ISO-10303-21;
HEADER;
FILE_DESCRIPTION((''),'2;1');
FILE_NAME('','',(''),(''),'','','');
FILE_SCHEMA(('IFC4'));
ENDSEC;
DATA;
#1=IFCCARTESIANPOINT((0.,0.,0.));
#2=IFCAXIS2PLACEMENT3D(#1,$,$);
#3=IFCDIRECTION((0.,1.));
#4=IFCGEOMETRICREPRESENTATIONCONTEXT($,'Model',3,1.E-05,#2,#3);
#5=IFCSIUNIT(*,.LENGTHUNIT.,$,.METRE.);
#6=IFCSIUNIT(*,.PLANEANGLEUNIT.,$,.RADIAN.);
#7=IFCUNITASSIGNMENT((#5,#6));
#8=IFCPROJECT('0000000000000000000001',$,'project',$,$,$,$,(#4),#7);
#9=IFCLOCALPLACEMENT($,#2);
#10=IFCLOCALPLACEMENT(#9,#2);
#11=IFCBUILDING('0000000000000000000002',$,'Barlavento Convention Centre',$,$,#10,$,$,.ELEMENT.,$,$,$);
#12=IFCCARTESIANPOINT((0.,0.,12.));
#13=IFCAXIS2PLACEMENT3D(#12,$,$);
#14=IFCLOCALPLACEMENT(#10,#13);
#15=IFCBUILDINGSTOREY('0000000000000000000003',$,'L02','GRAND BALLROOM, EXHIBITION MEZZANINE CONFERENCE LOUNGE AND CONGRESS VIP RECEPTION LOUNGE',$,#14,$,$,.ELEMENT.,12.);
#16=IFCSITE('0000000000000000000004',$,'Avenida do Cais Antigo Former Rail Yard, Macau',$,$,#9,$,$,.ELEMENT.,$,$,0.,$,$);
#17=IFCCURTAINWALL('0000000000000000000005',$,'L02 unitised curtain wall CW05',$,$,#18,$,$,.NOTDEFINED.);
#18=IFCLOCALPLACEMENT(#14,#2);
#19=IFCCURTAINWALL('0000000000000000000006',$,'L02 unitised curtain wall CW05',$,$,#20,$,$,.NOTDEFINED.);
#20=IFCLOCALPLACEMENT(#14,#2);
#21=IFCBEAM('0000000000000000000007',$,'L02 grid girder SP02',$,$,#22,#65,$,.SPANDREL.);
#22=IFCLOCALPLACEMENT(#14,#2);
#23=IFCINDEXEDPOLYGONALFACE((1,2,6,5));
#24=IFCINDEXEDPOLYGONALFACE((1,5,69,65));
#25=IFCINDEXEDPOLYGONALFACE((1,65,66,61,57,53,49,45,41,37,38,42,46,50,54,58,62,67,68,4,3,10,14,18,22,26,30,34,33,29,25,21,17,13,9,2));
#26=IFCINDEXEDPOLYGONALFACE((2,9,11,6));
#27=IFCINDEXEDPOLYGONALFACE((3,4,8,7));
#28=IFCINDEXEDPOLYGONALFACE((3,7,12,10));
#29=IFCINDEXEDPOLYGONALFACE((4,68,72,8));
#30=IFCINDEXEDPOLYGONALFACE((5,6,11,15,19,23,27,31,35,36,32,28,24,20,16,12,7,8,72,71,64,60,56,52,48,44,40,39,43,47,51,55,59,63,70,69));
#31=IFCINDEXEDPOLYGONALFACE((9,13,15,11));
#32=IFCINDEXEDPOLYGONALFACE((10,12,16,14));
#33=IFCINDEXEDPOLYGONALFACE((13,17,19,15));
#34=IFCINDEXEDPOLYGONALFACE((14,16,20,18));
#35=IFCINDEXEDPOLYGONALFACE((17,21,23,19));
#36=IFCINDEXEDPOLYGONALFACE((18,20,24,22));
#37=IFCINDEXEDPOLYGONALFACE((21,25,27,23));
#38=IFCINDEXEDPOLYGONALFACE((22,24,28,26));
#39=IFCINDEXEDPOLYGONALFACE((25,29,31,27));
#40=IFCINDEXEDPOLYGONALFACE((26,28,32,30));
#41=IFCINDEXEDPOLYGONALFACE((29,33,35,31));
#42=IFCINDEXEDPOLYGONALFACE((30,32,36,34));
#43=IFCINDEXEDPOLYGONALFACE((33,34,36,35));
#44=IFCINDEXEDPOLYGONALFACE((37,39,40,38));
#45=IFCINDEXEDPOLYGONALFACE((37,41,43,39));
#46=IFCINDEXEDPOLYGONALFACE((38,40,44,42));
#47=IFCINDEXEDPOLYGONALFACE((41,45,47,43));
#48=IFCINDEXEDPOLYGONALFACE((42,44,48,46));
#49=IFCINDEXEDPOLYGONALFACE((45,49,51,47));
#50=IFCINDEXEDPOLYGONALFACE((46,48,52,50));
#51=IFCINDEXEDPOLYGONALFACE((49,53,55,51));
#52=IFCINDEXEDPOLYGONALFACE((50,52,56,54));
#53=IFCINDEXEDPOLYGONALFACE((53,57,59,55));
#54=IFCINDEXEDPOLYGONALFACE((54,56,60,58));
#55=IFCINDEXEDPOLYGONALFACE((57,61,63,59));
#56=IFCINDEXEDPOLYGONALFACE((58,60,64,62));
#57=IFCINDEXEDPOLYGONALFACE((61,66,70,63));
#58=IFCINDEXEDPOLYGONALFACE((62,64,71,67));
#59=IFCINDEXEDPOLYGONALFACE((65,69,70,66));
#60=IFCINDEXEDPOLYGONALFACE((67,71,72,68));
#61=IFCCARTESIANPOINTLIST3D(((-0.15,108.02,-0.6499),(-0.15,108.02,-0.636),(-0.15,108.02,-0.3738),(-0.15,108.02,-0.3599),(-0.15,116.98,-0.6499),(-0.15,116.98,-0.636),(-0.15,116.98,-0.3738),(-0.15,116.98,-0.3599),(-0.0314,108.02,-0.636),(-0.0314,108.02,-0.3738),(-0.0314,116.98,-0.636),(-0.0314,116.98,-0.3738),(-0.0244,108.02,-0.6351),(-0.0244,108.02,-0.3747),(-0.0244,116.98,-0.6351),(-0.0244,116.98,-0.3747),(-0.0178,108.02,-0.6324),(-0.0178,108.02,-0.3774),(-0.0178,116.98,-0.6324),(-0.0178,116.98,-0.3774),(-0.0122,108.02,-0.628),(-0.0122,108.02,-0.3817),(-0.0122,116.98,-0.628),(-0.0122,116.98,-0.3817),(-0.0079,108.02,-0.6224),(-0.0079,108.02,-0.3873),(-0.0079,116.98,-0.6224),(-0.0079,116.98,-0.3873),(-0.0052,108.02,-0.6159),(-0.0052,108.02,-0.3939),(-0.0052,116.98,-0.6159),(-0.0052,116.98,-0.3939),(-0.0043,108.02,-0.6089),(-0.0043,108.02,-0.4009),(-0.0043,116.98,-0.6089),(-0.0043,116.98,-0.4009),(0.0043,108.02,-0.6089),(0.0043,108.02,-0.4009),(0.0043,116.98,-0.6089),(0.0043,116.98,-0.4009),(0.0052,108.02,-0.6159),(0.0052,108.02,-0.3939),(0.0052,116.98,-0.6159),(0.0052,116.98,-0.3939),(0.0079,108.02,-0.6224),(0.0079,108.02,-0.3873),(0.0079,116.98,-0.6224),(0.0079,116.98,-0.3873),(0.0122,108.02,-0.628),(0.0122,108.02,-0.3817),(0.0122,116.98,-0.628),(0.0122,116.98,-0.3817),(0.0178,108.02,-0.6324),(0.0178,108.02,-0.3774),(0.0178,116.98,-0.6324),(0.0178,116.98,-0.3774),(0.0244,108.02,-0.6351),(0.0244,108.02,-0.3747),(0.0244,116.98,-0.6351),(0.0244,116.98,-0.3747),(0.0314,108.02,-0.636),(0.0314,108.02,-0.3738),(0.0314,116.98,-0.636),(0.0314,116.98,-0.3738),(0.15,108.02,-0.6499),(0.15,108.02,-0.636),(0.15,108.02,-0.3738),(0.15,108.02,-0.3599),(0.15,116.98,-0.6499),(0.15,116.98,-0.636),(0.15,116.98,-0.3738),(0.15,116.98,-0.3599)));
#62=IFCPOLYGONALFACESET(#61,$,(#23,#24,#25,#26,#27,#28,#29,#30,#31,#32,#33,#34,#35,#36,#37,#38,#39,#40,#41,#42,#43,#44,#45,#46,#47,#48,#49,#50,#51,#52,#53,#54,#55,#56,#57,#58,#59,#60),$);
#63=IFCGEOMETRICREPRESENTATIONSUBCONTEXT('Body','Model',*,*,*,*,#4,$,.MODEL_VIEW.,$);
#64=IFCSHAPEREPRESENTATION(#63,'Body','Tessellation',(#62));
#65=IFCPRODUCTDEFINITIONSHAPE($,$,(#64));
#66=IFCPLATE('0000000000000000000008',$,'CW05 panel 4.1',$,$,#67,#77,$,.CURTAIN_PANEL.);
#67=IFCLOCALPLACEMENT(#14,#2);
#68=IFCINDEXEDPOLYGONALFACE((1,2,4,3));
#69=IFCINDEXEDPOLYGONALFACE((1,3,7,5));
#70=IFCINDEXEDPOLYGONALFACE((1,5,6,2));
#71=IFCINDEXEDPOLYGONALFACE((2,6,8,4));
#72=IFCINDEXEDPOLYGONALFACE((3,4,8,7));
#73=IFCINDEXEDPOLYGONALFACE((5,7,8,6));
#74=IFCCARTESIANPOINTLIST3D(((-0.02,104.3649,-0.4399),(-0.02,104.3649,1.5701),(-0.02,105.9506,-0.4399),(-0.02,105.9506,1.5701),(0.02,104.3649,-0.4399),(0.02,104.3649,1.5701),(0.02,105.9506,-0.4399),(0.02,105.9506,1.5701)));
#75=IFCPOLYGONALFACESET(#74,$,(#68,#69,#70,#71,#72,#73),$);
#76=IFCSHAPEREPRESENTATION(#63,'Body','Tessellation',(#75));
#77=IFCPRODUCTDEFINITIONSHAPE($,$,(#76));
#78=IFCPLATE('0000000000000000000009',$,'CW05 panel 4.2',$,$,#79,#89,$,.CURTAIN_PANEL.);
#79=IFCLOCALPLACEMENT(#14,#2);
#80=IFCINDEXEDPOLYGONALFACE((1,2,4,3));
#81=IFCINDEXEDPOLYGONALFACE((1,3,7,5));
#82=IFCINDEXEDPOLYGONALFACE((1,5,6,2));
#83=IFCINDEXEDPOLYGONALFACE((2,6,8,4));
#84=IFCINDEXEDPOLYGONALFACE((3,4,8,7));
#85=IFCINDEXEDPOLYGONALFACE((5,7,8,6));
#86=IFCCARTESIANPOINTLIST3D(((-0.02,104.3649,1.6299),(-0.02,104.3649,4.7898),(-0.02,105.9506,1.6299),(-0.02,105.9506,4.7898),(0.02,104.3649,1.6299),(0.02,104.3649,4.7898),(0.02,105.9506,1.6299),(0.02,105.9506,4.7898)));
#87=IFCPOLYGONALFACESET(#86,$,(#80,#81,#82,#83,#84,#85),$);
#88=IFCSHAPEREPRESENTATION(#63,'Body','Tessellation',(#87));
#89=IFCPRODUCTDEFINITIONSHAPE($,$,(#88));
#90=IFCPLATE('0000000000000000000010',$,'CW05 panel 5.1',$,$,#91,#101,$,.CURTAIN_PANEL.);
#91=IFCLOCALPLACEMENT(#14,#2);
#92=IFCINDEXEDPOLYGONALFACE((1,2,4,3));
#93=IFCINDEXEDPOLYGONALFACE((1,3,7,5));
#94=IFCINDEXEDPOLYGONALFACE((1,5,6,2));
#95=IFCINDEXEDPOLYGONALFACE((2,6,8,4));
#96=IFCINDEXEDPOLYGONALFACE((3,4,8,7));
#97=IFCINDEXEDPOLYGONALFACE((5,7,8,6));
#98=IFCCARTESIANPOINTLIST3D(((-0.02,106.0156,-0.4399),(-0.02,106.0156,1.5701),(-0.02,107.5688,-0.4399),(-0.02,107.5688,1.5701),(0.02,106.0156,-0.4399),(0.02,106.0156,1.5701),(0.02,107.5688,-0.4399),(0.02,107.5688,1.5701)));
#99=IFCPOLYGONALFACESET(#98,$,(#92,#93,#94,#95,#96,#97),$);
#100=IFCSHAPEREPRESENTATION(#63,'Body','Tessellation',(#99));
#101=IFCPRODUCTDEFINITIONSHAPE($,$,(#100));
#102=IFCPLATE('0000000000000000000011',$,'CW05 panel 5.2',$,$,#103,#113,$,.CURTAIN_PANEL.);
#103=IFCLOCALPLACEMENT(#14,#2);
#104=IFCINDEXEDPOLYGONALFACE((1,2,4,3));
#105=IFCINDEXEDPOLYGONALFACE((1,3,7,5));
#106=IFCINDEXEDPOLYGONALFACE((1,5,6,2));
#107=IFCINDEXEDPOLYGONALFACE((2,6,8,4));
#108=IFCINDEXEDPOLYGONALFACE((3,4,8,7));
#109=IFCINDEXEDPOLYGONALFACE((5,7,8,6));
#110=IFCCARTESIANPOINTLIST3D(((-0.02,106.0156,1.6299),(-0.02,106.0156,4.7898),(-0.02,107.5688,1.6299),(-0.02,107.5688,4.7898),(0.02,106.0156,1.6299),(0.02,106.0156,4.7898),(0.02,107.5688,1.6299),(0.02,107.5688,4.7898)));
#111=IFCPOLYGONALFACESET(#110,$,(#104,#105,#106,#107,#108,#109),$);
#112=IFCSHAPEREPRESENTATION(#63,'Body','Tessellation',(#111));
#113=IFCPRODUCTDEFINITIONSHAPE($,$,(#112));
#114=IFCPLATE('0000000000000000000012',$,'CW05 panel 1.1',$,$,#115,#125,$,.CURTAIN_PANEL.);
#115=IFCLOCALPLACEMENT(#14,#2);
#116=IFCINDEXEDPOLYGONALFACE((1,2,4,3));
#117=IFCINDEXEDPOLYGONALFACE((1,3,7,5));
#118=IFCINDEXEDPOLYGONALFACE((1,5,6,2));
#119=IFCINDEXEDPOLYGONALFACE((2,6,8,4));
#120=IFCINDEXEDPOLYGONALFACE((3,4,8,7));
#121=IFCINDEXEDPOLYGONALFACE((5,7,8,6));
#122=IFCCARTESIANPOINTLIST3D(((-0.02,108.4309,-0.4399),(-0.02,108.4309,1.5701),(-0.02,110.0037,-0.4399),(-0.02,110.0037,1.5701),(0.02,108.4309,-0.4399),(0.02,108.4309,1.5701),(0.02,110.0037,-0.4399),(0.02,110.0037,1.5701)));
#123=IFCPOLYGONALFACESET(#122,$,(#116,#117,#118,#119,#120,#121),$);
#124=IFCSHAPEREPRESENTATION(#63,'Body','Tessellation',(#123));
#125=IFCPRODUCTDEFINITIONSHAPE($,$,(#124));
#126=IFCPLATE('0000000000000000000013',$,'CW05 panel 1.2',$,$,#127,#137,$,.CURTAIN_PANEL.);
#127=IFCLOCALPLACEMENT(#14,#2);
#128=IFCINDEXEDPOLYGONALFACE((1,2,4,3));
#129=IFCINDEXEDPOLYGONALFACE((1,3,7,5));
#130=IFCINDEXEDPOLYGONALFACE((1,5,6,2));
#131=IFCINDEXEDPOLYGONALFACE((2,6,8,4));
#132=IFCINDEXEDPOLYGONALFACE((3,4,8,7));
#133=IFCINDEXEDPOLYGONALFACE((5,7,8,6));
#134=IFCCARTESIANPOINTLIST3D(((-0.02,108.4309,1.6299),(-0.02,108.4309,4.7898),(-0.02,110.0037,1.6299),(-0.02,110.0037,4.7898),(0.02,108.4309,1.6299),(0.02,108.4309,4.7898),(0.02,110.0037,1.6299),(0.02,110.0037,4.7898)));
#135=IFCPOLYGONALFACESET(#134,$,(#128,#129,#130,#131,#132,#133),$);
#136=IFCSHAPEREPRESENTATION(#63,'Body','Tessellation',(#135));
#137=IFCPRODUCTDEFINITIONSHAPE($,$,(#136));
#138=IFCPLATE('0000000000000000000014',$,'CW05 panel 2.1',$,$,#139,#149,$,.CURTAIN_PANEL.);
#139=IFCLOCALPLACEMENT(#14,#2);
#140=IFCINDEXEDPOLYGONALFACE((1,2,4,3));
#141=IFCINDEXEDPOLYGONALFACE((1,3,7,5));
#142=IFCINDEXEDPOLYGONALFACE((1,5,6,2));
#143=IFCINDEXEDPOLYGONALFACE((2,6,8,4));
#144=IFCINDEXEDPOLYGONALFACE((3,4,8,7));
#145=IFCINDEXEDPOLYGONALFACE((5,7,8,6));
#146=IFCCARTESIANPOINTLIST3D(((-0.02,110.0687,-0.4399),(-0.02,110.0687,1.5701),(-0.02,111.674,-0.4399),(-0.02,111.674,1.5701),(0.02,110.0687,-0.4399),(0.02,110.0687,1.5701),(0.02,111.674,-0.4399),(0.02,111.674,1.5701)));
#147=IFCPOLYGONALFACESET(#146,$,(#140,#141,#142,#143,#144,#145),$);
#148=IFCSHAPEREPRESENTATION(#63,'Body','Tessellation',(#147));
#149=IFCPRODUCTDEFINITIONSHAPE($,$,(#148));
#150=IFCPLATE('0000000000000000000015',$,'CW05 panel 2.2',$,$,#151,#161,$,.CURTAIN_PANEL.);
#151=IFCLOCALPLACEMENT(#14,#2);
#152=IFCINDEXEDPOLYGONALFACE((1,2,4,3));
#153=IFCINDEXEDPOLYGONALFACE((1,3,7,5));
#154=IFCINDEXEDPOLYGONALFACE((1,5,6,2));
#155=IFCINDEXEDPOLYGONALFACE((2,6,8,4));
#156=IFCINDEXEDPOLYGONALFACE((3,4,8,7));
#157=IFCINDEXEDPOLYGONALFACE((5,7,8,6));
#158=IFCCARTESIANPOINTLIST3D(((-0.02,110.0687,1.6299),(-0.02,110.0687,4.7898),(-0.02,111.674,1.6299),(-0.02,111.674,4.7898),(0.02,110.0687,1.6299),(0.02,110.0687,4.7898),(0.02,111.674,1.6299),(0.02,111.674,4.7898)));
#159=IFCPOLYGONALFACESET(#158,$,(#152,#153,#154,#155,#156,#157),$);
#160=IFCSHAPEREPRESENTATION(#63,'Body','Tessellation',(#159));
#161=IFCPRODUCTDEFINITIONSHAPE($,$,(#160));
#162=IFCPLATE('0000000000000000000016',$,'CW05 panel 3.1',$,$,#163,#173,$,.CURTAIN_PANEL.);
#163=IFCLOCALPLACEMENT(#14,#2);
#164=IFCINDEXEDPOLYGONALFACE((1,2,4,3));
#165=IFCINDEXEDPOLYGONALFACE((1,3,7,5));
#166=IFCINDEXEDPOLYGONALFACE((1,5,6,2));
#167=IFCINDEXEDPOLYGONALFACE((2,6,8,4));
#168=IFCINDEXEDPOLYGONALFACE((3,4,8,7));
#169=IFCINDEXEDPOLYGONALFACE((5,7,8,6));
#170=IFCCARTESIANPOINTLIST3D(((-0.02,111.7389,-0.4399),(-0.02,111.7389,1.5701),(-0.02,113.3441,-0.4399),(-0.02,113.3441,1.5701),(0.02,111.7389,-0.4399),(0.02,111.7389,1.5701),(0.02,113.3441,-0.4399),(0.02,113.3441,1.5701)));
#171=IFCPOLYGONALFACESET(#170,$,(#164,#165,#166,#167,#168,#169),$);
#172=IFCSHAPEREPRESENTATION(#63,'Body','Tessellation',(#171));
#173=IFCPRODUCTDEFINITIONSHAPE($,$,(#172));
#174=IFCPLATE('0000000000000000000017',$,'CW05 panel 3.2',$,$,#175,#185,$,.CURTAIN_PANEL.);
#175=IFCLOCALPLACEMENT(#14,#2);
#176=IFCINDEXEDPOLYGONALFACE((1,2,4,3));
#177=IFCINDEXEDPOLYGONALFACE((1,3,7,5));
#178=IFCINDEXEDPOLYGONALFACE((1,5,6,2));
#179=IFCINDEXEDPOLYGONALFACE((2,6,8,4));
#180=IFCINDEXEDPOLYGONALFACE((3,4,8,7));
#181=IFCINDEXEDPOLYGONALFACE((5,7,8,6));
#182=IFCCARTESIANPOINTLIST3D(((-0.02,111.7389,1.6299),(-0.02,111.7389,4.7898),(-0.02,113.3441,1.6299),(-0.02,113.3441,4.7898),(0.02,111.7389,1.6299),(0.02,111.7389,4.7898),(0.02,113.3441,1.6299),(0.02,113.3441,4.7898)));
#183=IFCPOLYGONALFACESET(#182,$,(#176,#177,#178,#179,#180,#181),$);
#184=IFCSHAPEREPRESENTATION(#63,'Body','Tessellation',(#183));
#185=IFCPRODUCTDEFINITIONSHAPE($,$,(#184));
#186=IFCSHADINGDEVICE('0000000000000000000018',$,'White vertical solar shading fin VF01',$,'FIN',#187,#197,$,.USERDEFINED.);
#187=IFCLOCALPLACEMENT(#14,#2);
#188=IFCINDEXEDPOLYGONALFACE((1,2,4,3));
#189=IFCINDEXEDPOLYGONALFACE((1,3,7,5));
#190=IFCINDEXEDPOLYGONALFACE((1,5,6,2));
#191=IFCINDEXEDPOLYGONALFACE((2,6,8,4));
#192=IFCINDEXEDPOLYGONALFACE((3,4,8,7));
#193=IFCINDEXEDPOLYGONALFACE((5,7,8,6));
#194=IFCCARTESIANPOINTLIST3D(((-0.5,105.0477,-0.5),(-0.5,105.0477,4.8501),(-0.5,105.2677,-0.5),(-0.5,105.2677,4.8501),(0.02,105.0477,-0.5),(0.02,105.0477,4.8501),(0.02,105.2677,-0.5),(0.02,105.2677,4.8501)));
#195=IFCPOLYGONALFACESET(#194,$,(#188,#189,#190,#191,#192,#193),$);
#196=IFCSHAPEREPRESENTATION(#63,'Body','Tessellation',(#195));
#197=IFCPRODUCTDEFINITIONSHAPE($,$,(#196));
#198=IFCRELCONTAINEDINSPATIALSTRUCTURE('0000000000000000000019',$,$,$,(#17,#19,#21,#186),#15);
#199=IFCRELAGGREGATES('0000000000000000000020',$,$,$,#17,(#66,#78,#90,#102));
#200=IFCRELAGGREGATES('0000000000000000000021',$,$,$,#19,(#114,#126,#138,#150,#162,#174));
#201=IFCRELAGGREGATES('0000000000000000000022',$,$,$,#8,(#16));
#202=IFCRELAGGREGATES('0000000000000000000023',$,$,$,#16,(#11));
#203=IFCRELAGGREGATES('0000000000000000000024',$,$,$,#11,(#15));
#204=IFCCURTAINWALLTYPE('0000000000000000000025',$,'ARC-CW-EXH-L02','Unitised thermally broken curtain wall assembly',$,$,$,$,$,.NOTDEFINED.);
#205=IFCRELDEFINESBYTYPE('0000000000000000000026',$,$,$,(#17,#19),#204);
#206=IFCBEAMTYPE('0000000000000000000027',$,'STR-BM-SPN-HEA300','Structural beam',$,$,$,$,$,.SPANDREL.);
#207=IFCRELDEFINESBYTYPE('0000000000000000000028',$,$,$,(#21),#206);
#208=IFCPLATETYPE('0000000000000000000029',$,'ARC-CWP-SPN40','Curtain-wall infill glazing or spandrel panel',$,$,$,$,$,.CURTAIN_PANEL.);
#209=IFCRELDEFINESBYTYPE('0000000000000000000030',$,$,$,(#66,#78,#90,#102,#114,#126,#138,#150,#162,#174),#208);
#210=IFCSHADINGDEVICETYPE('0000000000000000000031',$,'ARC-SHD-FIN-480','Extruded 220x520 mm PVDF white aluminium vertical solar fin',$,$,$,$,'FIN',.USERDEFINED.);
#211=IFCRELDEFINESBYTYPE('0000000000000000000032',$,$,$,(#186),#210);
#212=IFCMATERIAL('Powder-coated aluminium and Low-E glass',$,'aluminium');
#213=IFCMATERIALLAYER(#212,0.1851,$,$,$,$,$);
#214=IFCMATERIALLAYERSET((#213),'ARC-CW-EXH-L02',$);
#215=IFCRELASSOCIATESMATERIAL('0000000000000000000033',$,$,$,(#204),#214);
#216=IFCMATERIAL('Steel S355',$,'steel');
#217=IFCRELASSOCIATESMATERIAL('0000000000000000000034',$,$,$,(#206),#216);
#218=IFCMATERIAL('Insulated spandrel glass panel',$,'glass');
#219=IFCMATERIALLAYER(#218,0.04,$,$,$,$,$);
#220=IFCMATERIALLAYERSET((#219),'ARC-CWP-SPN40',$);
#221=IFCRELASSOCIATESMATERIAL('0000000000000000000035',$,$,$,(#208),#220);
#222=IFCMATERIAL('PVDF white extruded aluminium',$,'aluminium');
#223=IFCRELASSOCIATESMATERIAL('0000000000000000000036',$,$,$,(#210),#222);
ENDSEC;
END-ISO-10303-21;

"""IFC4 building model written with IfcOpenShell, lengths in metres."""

from ifc_helpers import new_model, si_unit, direction, frame, origin, origin_2d, place, context, subcontext, project, spatial, rectangle, i_section, extrude, material, layer, layer_set, material_profile, profile_set, type_object, element, aggregate, save


model = new_model("IFC4")

# Units and contexts
model_context = context("Model", 3, precision=1e-05, world=origin(), true_north=direction((0.0, 1.0)))
body_context = subcontext(model_context, "Body", "Model", "MODEL_VIEW")
ifc_project = project(units=[si_unit("LENGTHUNIT", "METRE"), si_unit("PLANEANGLEUNIT", "RADIAN")], contexts=[model_context])

# Site, building, storey
site_placement = place(None, origin())
site = spatial("IfcSite", under=ifc_project, at=site_placement, Name="Avenida do Cais Antigo Former Rail Yard, Macau", CompositionType="ELEMENT", RefElevation=0.0)
building_placement = place(site_placement, origin())
building = spatial("IfcBuilding", under=site, at=building_placement, Name="Barlavento Convention Centre", CompositionType="ELEMENT")
storey_placement = place(building_placement, frame((0.0, 0.0, 12.0)))
storey = spatial("IfcBuildingStorey", under=building, at=storey_placement, Name="L02", Description="GRAND BALLROOM, EXHIBITION MEZZANINE CONFERENCE LOUNGE AND CONGRESS VIP RECEPTION LOUNGE", CompositionType="ELEMENT", Elevation=12.0)

# Shared definitions
ifc_material_1 = material(Name="Steel S355", Category="steel")

# Curtain walls
ifc_material_2 = material(Name="Powder-coated aluminium and Low-E glass", Category="aluminium")
ifc_layer_1 = layer(ifc_material_2, 0.1851)
ifc_layer_set_1 = layer_set([ifc_layer_1], Name="ARC-CW-EXH-L02")
curtain_wall_type = type_object("IfcCurtainWallType", Name="ARC-CW-EXH-L02", Description="Unitised thermally broken curtain wall assembly", PredefinedType="NOTDEFINED", material=ifc_layer_set_1)
curtain_wall_1_placement = place(storey_placement, origin())
curtain_wall_1 = element("IfcCurtainWall", 1, at=curtain_wall_1_placement, inside=storey, type_object=curtain_wall_type, Name="L02 unitised curtain wall CW05", PredefinedType="NOTDEFINED")
curtain_wall_2_placement = place(storey_placement, origin())
curtain_wall_2 = element("IfcCurtainWall", 2, at=curtain_wall_2_placement, inside=storey, type_object=curtain_wall_type, Name="L02 unitised curtain wall CW05", PredefinedType="NOTDEFINED")

# Beam
ifc_material_profile_1 = material_profile(ifc_material_1, i_section(OverallWidth=0.3, OverallDepth=0.29, WebThickness=0.0085, FlangeThickness=0.0139, FilletRadius=0.0271, at=origin_2d()), Name="HEA 300")
ifc_profile_set_1 = profile_set([ifc_material_profile_1], Name="Steel S355")
beam_type = type_object("IfcBeamType", Name="STR-BM-SPN-HEA300", Description="Structural beam", PredefinedType="SPANDREL", material=ifc_profile_set_1)
beam_placement = place(storey_placement, frame((0.0, 108.02, -0.5049), z_axis=(0.0, 1.0, 0.0), x_axis=(-1.0, 0.0, 0.0)))
element("IfcBeam", 3, at=beam_placement, inside=storey, type_object=beam_type, Name="L02 grid girder SP02", PredefinedType="SPANDREL", context=body_context, shape_type="SweptSolid", body=[
    extrude(i_section(OverallWidth=0.3, OverallDepth=0.29, WebThickness=0.0085, FlangeThickness=0.0139, FilletRadius=0.0271, at=origin_2d()), origin(), (0.0, 0.0, 1.0), 8.96),
])

# Plates
ifc_material_3 = material(Name="Insulated spandrel glass panel", Category="glass")
ifc_layer_2 = layer(ifc_material_3, 0.04)
ifc_layer_set_2 = layer_set([ifc_layer_2], Name="ARC-CWP-SPN40")
plate_type = type_object("IfcPlateType", Name="ARC-CWP-SPN40", Description="Curtain-wall infill glazing or spandrel panel", PredefinedType="CURTAIN_PANEL", material=ifc_layer_set_2)
plate_1_placement = place(storey_placement, frame((0.0, 105.1577, -0.4399), z_axis=(0.0, 0.0, 1.0), x_axis=(0.0, 1.0, 0.0)))
plate_1 = element("IfcPlate", 4, at=plate_1_placement, type_object=plate_type, Name="CW05 panel 4.1", PredefinedType="CURTAIN_PANEL", context=body_context, shape_type="SweptSolid", body=[
    extrude(rectangle(XDim=1.5857, YDim=0.04, at=origin_2d()), origin(), (0.0, 0.0, 1.0), 2.01),
])
plate_2_placement = place(storey_placement, frame((0.0, 105.1577, 1.6299), z_axis=(0.0, 0.0, 1.0), x_axis=(0.0, 1.0, 0.0)))
plate_2 = element("IfcPlate", 5, at=plate_2_placement, type_object=plate_type, Name="CW05 panel 4.2", PredefinedType="CURTAIN_PANEL", context=body_context, shape_type="SweptSolid", body=[
    extrude(rectangle(XDim=1.5857, YDim=0.04, at=origin_2d()), origin(), (0.0, 0.0, 1.0), 3.1599),
])
plate_3_placement = place(storey_placement, frame((0.0, 106.7922, -0.4399), z_axis=(0.0, 0.0, 1.0), x_axis=(0.0, 1.0, 0.0)))
plate_3 = element("IfcPlate", 6, at=plate_3_placement, type_object=plate_type, Name="CW05 panel 5.1", PredefinedType="CURTAIN_PANEL", context=body_context, shape_type="SweptSolid", body=[
    extrude(rectangle(XDim=1.5532, YDim=0.04, at=origin_2d()), origin(), (0.0, 0.0, 1.0), 2.01),
])
plate_4_placement = place(storey_placement, frame((0.0, 106.7922, 1.6299), z_axis=(0.0, 0.0, 1.0), x_axis=(0.0, 1.0, 0.0)))
plate_4 = element("IfcPlate", 7, at=plate_4_placement, type_object=plate_type, Name="CW05 panel 5.2", PredefinedType="CURTAIN_PANEL", context=body_context, shape_type="SweptSolid", body=[
    extrude(rectangle(XDim=1.5532, YDim=0.04, at=origin_2d()), origin(), (0.0, 0.0, 1.0), 3.1599),
])
aggregate(curtain_wall_1, [plate_1, plate_2, plate_3, plate_4])
plate_5_placement = place(storey_placement, frame((0.0, 109.2173, -0.4399), z_axis=(0.0, 0.0, 1.0), x_axis=(0.0, 1.0, 0.0)))
plate_5 = element("IfcPlate", 8, at=plate_5_placement, type_object=plate_type, Name="CW05 panel 1.1", PredefinedType="CURTAIN_PANEL", context=body_context, shape_type="SweptSolid", body=[
    extrude(rectangle(XDim=1.5728, YDim=0.04, at=origin_2d()), origin(), (0.0, 0.0, 1.0), 2.01),
])
plate_6_placement = place(storey_placement, frame((0.0, 109.2173, 1.6299), z_axis=(0.0, 0.0, 1.0), x_axis=(0.0, 1.0, 0.0)))
plate_6 = element("IfcPlate", 9, at=plate_6_placement, type_object=plate_type, Name="CW05 panel 1.2", PredefinedType="CURTAIN_PANEL", context=body_context, shape_type="SweptSolid", body=[
    extrude(rectangle(XDim=1.5728, YDim=0.04, at=origin_2d()), origin(), (0.0, 0.0, 1.0), 3.1599),
])
plate_7_placement = place(storey_placement, frame((0.0, 110.8713, -0.4399), z_axis=(0.0, 0.0, 1.0), x_axis=(0.0, 1.0, 0.0)))
plate_7 = element("IfcPlate", 10, at=plate_7_placement, type_object=plate_type, Name="CW05 panel 2.1", PredefinedType="CURTAIN_PANEL", context=body_context, shape_type="SweptSolid", body=[
    extrude(rectangle(XDim=1.6052, YDim=0.04, at=origin_2d()), origin(), (0.0, 0.0, 1.0), 2.01),
])
plate_8_placement = place(storey_placement, frame((0.0, 110.8713, 1.6299), z_axis=(0.0, 0.0, 1.0), x_axis=(0.0, 1.0, 0.0)))
plate_8 = element("IfcPlate", 11, at=plate_8_placement, type_object=plate_type, Name="CW05 panel 2.2", PredefinedType="CURTAIN_PANEL", context=body_context, shape_type="SweptSolid", body=[
    extrude(rectangle(XDim=1.6052, YDim=0.04, at=origin_2d()), origin(), (0.0, 0.0, 1.0), 3.1599),
])
plate_9_placement = place(storey_placement, frame((0.0, 112.5415, -0.4399), z_axis=(0.0, 0.0, 1.0), x_axis=(0.0, 1.0, 0.0)))
plate_9 = element("IfcPlate", 12, at=plate_9_placement, type_object=plate_type, Name="CW05 panel 3.1", PredefinedType="CURTAIN_PANEL", context=body_context, shape_type="SweptSolid", body=[
    extrude(rectangle(XDim=1.6052, YDim=0.04, at=origin_2d()), origin(), (0.0, 0.0, 1.0), 2.01),
])
plate_10_placement = place(storey_placement, frame((0.0, 112.5415, 1.6299), z_axis=(0.0, 0.0, 1.0), x_axis=(0.0, 1.0, 0.0)))
plate_10 = element("IfcPlate", 13, at=plate_10_placement, type_object=plate_type, Name="CW05 panel 3.2", PredefinedType="CURTAIN_PANEL", context=body_context, shape_type="SweptSolid", body=[
    extrude(rectangle(XDim=1.6052, YDim=0.04, at=origin_2d()), origin(), (0.0, 0.0, 1.0), 3.1599),
])
aggregate(curtain_wall_2, [plate_5, plate_6, plate_7, plate_8, plate_9, plate_10])

# Shading device
ifc_material_4 = material(Name="PVDF white extruded aluminium", Category="aluminium")
shading_device_type = type_object("IfcShadingDeviceType", Name="ARC-SHD-FIN-480", Description="Extruded 220x520 mm PVDF white aluminium vertical solar fin", ElementType="FIN", PredefinedType="USERDEFINED", material=ifc_material_4)
for number, where, z_axis, x_axis, name in (
    (14, (-0.24, 105.1577, -0.5), (0.0, 0.0, 1.0), (0.0, 1.0, 0.0), "White vertical solar shading fin VF01"),
):
    element("IfcShadingDevice", number, at=place(storey_placement, frame(where, z_axis=z_axis, x_axis=x_axis)), inside=storey, type_object=shading_device_type, Name=name, ObjectType="FIN", PredefinedType="USERDEFINED", context=body_context, shape_type="SweptSolid", body=[
        extrude(rectangle(XDim=0.22, YDim=0.52, at=origin_2d()), origin(), (0.0, 0.0, 1.0), 5.3501),
    ])

save(model, "model.ifc")
